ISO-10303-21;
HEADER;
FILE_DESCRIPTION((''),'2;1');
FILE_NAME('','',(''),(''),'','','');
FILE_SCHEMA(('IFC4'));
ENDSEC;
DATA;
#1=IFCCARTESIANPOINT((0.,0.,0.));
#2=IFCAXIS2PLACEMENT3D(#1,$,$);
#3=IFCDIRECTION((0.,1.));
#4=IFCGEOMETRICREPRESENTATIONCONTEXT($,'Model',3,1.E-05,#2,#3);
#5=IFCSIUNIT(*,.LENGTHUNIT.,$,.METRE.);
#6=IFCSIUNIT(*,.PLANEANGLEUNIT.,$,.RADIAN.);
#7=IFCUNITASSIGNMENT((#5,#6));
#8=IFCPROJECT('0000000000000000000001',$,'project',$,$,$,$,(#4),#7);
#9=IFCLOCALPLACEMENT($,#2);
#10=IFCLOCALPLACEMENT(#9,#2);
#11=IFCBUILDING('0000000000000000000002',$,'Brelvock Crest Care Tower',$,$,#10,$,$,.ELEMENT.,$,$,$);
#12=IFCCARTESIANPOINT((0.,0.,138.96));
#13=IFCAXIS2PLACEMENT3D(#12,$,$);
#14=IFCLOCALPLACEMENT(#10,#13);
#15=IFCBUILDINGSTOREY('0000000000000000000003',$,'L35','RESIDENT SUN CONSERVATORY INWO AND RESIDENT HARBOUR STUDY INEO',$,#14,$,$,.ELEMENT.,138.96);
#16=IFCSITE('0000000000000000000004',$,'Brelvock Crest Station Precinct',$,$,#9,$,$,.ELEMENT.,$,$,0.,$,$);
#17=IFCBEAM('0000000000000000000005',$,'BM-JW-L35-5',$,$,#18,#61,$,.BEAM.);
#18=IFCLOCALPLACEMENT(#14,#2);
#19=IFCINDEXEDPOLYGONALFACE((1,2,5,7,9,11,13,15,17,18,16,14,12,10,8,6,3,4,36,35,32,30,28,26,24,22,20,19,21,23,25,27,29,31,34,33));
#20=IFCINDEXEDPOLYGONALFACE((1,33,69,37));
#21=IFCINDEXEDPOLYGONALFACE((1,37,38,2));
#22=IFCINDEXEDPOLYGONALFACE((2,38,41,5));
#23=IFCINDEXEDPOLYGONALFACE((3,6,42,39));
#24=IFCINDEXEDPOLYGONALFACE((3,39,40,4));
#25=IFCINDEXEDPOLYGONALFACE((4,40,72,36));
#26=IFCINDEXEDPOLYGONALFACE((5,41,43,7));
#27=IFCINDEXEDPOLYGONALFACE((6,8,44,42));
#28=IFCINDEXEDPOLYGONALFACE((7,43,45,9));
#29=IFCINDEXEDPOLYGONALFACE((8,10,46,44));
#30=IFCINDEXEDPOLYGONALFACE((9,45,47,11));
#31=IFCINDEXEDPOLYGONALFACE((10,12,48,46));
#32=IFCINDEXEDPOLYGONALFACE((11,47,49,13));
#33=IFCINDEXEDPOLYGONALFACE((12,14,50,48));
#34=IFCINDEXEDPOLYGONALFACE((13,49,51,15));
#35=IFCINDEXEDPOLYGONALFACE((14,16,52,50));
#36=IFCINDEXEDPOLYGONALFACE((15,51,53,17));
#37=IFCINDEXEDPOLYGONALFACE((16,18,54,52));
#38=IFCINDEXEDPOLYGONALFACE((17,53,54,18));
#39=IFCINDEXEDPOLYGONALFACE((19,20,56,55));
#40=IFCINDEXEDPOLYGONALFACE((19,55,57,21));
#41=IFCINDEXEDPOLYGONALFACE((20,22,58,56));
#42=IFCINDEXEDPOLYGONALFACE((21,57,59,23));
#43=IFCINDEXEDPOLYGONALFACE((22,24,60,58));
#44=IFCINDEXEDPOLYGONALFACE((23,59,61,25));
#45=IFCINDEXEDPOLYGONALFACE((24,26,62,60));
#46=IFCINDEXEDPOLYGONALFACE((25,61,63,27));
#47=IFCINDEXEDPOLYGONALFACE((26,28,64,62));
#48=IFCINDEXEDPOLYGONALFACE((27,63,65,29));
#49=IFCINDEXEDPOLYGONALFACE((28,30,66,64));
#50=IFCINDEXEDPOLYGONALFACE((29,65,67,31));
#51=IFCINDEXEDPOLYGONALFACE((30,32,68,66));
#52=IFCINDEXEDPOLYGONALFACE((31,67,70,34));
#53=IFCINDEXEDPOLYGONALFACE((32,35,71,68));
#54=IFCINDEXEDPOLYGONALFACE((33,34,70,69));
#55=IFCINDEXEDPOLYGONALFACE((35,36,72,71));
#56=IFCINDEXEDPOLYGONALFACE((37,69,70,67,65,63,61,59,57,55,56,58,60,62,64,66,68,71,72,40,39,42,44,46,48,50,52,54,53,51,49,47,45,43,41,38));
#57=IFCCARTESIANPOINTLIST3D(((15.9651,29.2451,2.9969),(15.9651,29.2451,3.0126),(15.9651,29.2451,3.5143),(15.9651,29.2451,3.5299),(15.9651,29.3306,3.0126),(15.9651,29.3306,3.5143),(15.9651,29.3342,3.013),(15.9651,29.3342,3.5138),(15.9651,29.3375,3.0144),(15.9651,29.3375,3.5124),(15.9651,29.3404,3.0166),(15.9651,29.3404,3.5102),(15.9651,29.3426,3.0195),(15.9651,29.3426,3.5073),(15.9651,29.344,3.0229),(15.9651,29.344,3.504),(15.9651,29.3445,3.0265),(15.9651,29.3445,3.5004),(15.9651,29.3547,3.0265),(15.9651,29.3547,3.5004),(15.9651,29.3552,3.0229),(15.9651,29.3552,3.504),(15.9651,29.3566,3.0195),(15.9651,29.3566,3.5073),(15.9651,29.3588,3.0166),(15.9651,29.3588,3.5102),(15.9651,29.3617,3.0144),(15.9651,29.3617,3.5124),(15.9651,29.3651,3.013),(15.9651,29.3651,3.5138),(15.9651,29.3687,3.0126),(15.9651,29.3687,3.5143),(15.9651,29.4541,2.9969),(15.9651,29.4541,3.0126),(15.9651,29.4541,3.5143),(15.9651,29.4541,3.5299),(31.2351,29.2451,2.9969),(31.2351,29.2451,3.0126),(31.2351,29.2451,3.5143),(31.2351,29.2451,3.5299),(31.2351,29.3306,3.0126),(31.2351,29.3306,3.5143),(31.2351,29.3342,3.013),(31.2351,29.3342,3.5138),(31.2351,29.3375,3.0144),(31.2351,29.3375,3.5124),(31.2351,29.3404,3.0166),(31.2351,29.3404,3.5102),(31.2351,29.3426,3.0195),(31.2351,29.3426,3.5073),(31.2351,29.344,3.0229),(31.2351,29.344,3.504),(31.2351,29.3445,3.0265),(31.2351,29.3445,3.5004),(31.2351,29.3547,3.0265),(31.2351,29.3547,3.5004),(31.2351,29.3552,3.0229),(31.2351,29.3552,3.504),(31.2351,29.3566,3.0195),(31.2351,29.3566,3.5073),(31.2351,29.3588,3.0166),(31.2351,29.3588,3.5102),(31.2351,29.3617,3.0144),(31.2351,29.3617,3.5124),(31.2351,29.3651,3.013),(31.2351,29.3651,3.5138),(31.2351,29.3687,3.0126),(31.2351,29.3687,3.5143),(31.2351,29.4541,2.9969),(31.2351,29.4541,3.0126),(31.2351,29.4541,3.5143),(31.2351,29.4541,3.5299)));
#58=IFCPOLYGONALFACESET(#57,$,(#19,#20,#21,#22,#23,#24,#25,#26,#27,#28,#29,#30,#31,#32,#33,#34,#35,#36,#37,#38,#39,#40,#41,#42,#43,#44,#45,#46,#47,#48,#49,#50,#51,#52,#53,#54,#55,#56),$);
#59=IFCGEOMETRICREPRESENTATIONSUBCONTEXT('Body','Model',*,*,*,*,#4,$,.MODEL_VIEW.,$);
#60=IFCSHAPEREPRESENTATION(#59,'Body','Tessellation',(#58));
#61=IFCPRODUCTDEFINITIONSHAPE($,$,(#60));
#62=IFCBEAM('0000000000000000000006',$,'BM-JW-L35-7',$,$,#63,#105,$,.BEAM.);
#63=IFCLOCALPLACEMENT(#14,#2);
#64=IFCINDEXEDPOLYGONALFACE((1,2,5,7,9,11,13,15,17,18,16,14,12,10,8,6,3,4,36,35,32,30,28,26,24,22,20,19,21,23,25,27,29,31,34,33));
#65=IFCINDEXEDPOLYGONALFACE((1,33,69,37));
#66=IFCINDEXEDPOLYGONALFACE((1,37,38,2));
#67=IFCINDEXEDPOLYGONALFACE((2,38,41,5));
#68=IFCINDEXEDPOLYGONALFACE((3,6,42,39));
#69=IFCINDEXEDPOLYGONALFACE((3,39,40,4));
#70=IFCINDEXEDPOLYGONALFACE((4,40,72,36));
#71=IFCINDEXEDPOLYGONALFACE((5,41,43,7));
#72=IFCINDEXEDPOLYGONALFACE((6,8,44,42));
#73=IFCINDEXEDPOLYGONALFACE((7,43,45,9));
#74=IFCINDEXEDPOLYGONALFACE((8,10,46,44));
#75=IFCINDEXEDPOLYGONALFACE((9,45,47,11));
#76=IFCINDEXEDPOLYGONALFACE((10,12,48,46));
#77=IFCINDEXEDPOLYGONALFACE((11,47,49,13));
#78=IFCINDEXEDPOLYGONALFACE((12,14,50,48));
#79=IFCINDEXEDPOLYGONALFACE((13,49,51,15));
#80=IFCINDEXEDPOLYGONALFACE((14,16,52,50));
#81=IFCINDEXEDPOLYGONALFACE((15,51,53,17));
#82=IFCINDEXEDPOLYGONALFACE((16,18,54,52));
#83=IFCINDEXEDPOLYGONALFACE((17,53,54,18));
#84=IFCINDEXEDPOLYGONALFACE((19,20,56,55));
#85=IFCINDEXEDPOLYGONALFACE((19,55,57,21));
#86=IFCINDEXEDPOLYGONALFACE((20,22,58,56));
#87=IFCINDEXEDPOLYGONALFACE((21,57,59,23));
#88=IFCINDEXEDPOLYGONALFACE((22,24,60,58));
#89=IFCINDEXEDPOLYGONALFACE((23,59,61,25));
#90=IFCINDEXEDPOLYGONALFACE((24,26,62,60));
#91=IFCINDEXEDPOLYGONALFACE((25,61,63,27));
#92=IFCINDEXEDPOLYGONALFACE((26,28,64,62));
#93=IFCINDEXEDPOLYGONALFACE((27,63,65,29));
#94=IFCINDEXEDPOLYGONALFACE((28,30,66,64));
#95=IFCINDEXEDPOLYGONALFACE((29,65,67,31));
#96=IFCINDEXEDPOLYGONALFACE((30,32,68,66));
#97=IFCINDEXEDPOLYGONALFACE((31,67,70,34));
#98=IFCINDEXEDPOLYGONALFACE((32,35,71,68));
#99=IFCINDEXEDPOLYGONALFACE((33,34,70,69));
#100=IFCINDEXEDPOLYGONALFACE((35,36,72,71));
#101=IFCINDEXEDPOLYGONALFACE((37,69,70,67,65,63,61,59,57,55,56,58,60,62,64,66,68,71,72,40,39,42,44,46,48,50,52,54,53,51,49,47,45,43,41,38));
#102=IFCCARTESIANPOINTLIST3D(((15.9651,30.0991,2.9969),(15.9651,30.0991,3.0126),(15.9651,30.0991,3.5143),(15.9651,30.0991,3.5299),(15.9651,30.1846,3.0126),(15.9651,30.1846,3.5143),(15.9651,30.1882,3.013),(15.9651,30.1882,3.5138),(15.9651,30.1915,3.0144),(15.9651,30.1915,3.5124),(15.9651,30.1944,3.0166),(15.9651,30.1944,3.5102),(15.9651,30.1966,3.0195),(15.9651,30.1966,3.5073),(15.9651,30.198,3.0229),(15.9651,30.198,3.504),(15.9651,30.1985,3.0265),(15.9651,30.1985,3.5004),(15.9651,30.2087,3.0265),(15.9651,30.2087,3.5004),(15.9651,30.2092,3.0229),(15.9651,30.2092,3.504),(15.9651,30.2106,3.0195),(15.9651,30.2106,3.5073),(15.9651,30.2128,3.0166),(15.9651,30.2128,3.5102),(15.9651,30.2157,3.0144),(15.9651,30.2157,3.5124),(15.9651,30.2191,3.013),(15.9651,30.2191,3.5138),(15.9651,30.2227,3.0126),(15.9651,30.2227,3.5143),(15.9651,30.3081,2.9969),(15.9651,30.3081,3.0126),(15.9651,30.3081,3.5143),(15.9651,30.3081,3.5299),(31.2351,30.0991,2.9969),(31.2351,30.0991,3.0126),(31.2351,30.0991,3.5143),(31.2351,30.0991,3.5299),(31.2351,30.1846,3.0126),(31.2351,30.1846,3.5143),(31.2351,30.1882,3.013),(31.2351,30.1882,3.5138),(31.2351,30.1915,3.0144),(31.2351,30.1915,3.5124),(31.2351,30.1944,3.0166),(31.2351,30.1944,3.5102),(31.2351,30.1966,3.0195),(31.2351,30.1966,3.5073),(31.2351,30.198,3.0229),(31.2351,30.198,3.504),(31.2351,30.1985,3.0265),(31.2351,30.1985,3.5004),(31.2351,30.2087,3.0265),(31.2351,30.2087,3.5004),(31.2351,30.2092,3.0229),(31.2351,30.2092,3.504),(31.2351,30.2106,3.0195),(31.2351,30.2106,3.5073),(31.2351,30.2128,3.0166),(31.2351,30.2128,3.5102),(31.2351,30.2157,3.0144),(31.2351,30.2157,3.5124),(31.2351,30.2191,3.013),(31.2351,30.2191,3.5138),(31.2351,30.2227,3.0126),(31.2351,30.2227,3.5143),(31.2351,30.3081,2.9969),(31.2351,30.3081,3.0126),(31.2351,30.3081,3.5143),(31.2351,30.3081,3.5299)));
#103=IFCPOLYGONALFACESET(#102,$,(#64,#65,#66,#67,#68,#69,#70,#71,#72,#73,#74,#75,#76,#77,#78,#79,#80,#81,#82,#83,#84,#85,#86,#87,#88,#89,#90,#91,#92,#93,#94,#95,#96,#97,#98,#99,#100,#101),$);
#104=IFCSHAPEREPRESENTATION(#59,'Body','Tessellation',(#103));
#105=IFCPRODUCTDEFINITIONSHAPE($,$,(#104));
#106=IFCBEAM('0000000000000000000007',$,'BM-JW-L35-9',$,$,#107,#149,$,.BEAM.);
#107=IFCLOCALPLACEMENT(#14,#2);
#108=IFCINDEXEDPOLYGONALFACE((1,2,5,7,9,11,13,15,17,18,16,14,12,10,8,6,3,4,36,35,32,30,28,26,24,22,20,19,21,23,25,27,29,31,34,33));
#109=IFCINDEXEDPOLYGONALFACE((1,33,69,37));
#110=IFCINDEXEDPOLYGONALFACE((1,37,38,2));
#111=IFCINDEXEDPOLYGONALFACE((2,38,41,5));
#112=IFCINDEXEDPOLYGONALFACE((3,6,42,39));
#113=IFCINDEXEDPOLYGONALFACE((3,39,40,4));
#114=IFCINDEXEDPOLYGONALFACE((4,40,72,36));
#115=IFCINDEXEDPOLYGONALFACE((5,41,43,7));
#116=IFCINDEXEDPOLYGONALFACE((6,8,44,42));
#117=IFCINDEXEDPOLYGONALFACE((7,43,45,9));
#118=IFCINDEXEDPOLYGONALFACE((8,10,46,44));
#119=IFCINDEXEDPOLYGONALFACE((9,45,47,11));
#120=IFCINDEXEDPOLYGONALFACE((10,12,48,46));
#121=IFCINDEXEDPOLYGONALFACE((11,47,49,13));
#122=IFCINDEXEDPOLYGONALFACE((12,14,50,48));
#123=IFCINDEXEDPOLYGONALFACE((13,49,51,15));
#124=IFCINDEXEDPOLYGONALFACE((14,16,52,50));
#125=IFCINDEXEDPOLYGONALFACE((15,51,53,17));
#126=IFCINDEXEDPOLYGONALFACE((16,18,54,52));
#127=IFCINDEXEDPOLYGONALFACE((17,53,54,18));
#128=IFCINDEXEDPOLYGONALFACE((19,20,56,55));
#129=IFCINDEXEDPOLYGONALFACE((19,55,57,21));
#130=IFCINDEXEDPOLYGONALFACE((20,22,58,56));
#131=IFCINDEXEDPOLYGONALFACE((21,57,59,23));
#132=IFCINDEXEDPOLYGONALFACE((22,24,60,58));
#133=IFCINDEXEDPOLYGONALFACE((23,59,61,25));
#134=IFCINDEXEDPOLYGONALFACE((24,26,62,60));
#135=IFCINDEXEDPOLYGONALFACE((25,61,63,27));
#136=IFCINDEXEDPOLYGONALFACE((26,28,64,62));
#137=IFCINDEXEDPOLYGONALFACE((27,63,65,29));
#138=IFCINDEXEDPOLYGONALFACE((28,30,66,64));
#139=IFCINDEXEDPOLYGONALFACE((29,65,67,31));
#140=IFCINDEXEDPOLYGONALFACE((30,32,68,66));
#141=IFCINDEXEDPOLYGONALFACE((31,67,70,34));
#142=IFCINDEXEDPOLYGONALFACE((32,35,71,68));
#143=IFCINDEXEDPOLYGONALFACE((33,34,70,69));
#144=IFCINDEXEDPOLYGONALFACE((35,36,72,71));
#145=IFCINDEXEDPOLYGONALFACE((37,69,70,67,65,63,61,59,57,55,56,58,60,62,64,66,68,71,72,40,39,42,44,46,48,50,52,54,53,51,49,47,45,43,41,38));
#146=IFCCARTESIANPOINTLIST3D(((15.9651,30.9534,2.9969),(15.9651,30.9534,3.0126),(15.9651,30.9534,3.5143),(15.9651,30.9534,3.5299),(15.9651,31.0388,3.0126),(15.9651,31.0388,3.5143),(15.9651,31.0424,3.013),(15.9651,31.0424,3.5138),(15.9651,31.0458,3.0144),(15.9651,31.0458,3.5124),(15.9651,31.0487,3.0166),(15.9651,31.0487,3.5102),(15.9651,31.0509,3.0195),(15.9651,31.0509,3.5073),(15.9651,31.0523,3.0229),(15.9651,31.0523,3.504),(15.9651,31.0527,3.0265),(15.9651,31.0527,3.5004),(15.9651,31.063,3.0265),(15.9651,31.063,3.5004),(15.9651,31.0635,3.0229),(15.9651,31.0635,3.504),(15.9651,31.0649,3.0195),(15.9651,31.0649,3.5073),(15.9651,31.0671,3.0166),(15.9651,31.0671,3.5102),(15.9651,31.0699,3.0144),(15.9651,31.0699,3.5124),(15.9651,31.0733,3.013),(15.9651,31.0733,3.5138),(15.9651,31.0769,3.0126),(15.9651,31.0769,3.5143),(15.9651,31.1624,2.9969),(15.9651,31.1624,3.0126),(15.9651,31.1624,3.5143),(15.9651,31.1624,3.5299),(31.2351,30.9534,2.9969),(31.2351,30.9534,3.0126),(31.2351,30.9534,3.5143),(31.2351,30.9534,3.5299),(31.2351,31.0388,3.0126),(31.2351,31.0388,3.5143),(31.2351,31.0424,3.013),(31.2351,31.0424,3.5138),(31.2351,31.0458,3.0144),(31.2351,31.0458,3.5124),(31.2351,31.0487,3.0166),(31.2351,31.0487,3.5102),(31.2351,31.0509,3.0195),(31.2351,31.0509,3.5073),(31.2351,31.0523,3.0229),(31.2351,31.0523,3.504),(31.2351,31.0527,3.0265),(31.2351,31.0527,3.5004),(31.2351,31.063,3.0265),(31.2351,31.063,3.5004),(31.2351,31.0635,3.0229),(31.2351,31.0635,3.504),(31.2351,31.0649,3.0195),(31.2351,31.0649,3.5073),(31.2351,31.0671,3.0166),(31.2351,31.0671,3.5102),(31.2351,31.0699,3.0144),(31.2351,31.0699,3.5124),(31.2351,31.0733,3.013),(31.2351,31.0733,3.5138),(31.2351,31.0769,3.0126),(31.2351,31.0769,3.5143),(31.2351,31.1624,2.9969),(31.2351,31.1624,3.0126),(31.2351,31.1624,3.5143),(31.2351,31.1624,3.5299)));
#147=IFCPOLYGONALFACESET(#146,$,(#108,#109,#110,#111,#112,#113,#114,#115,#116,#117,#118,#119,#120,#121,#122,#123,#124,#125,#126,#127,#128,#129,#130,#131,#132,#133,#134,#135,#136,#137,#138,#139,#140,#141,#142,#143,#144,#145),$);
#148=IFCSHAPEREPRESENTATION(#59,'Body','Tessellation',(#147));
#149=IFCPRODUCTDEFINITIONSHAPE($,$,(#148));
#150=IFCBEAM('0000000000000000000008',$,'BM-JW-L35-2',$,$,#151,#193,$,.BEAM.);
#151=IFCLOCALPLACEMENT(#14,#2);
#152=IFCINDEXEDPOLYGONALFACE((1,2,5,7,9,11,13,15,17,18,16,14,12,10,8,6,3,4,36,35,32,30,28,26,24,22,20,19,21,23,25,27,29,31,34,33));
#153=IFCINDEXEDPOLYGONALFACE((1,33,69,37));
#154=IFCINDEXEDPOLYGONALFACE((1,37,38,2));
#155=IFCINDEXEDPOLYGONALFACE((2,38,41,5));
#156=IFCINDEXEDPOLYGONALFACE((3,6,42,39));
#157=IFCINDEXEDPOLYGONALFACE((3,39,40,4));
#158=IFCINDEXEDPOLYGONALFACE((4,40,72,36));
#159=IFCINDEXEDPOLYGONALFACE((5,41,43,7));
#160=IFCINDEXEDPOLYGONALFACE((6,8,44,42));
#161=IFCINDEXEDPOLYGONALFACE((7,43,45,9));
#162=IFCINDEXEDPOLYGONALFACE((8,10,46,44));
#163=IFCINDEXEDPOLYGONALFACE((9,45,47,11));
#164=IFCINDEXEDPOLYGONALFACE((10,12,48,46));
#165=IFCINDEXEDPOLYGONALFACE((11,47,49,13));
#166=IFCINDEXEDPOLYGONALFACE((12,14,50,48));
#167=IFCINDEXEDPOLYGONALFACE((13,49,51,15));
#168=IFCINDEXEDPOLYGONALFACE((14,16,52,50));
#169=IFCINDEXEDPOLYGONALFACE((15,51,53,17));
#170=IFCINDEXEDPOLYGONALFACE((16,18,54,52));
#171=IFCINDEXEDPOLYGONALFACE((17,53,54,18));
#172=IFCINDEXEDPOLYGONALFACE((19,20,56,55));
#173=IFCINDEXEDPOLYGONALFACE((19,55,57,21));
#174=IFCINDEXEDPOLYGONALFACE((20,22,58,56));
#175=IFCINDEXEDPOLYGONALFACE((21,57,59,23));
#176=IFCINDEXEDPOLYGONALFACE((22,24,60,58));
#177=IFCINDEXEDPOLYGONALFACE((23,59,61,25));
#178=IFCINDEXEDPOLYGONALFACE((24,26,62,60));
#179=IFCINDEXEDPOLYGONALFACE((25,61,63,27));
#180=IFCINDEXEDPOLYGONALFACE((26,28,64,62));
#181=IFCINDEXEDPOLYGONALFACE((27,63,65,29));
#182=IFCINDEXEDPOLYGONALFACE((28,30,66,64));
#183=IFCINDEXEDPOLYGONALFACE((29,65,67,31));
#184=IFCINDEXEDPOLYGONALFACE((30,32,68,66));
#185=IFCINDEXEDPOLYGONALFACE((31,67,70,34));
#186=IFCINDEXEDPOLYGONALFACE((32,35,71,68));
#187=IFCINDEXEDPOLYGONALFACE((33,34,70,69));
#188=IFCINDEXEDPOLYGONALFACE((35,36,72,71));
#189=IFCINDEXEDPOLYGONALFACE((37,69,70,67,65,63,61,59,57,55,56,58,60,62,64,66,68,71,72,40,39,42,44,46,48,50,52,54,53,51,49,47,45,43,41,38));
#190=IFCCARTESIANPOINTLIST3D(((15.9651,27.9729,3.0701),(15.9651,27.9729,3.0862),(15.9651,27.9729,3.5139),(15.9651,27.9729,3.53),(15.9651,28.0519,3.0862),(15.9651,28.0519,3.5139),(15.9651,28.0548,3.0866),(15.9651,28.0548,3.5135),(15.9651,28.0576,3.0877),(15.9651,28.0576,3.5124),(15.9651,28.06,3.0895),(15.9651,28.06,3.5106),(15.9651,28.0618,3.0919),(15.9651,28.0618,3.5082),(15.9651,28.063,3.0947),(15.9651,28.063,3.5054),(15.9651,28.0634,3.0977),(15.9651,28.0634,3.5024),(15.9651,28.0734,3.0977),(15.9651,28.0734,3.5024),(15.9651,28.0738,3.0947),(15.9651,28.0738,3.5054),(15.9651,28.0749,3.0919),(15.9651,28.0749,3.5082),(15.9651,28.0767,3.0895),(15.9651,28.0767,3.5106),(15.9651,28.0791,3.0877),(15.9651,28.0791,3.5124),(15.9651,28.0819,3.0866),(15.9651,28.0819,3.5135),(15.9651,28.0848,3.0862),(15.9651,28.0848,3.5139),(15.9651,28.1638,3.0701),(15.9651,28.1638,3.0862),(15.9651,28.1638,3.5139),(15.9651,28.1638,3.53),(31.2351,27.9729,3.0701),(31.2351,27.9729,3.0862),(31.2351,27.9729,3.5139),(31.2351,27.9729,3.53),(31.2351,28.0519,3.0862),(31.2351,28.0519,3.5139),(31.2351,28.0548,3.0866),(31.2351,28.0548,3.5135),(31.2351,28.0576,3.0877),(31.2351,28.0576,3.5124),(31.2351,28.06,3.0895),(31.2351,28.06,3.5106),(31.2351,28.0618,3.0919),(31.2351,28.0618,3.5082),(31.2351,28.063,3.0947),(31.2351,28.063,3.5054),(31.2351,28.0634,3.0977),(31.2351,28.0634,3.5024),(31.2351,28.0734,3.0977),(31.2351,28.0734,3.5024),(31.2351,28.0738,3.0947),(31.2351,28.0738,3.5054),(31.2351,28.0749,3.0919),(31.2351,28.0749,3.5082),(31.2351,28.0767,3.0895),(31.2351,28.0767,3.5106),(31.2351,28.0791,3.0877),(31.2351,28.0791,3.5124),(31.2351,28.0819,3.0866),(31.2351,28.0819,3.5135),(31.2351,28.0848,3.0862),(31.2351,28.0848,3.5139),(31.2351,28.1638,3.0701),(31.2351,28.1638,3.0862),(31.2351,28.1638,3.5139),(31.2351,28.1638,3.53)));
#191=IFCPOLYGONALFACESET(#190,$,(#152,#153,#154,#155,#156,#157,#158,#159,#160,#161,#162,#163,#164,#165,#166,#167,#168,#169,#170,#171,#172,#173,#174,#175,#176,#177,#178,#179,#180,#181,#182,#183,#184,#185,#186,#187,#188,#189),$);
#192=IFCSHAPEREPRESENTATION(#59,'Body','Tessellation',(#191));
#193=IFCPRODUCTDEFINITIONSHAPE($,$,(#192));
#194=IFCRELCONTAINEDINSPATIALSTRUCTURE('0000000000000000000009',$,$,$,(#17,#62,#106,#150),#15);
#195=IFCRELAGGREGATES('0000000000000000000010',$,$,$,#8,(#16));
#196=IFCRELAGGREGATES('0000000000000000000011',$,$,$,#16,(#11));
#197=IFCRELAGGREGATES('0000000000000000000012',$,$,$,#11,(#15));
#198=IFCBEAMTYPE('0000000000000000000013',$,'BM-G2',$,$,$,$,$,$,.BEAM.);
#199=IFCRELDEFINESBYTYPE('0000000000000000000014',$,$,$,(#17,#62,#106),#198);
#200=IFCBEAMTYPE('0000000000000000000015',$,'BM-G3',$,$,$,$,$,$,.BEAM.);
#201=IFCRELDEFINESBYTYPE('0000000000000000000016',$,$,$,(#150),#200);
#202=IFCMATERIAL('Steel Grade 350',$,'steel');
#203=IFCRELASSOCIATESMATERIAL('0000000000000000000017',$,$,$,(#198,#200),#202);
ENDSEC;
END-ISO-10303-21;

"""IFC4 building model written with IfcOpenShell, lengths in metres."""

from ifc_helpers import new_model, si_unit, direction, frame, origin, origin_2d, place, context, subcontext, project, spatial, i_section, extrude, source, transform, mapped, material, material_profile, profile_set, type_object, element, save


model = new_model("IFC4")

# Units and contexts
model_context = context("Model", 3, precision=1e-05, world=origin(), true_north=direction((0.0, 1.0)))
body_context = subcontext(model_context, "Body", "Model", "MODEL_VIEW")
ifc_project = project(units=[si_unit("LENGTHUNIT", "METRE"), si_unit("PLANEANGLEUNIT", "RADIAN")], contexts=[model_context])

# Site, building, storey
site_placement = place(None, origin())
site = spatial("IfcSite", under=ifc_project, at=site_placement, Name="Brelvock Crest Station Precinct", CompositionType="ELEMENT", RefElevation=0.0)
building_placement = place(site_placement, origin())
building = spatial("IfcBuilding", under=site, at=building_placement, Name="Brelvock Crest Care Tower", CompositionType="ELEMENT")
storey_placement = place(building_placement, frame((0.0, 0.0, 138.96)))
storey = spatial("IfcBuildingStorey", under=building, at=storey_placement, Name="L35", Description="RESIDENT SUN CONSERVATORY INWO AND RESIDENT HARBOUR STUDY INEO", CompositionType="ELEMENT", Elevation=138.96)

# Shared definitions
ifc_material_1 = material(Name="Steel Grade 350", Category="steel")

# Beams
ifc_material_profile_1 = material_profile(ifc_material_1, i_section(OverallWidth=0.209, OverallDepth=0.533, WebThickness=0.0103, FlangeThickness=0.0156, FilletRadius=0.0139, at=origin_2d()), Name="530UB92.4")
ifc_profile_set_1 = profile_set([ifc_material_profile_1], Name="Steel Grade 350")
beam_type_1 = type_object("IfcBeamType", Name="BM-G2", PredefinedType="BEAM", material=ifc_profile_set_1)
shared_shape_1 = source(origin(), body_context, "Body", "SweptSolid", [
    extrude(i_section(OverallWidth=0.209, OverallDepth=0.533, WebThickness=0.0103, FlangeThickness=0.0156, FilletRadius=0.0139, at=origin_2d()), origin(), (0.0, 0.0, 1.0), 15.27),
])
for number, where, z_axis, x_axis, name in (
    (1, (15.9651, 29.3496, 3.2634), (1.0, 0.0, 0.0), (0.0, 1.0, 0.0), "BM-JW-L35-5"),
    (2, (15.9651, 30.2036, 3.2634), (1.0, 0.0, 0.0), (0.0, 1.0, 0.0), "BM-JW-L35-7"),
    (3, (15.9651, 31.0579, 3.2634), (1.0, 0.0, 0.0), (0.0, 1.0, 0.0), "BM-JW-L35-9"),
):
    element("IfcBeam", number, at=place(storey_placement, frame(where, z_axis=z_axis, x_axis=x_axis)), inside=storey, type_object=beam_type_1, Name=name, PredefinedType="BEAM", context=body_context, shape_type="MappedRepresentation", body=[
        mapped(shared_shape_1, transform((0.0, 0.0, 0.0), x_axis=(1.0, 0.0, 0.0), y_axis=(0.0, 1.0, 0.0), z_axis=(0.0, 0.0, 1.0), scale=1.0)),
    ])
ifc_material_profile_2 = material_profile(ifc_material_1, i_section(OverallWidth=0.1909, OverallDepth=0.46, WebThickness=0.01, FlangeThickness=0.0161, FilletRadius=0.0115, at=origin_2d()), Name="460UB82.1")
ifc_profile_set_2 = profile_set([ifc_material_profile_2], Name="Steel Grade 350")
beam_type_2 = type_object("IfcBeamType", Name="BM-G3", PredefinedType="BEAM", material=ifc_profile_set_2)
shared_shape_2 = source(origin(), body_context, "Body", "SweptSolid", [
    extrude(i_section(OverallWidth=0.1909, OverallDepth=0.46, WebThickness=0.01, FlangeThickness=0.0161, FilletRadius=0.0115, at=origin_2d()), origin(), (0.0, 0.0, 1.0), 15.27),
])
for number, where, z_axis, x_axis, name in (
    (4, (15.9651, 28.0684, 3.3), (1.0, 0.0, 0.0), (0.0, 1.0, 0.0), "BM-JW-L35-2"),
):
    element("IfcBeam", number, at=place(storey_placement, frame(where, z_axis=z_axis, x_axis=x_axis)), inside=storey, type_object=beam_type_2, Name=name, PredefinedType="BEAM", context=body_context, shape_type="MappedRepresentation", body=[
        mapped(shared_shape_2, transform((0.0, 0.0, 0.0), x_axis=(1.0, 0.0, 0.0), y_axis=(0.0, 1.0, 0.0), z_axis=(0.0, 0.0, 1.0), scale=1.0)),
    ])

save(model, "model.ifc")
